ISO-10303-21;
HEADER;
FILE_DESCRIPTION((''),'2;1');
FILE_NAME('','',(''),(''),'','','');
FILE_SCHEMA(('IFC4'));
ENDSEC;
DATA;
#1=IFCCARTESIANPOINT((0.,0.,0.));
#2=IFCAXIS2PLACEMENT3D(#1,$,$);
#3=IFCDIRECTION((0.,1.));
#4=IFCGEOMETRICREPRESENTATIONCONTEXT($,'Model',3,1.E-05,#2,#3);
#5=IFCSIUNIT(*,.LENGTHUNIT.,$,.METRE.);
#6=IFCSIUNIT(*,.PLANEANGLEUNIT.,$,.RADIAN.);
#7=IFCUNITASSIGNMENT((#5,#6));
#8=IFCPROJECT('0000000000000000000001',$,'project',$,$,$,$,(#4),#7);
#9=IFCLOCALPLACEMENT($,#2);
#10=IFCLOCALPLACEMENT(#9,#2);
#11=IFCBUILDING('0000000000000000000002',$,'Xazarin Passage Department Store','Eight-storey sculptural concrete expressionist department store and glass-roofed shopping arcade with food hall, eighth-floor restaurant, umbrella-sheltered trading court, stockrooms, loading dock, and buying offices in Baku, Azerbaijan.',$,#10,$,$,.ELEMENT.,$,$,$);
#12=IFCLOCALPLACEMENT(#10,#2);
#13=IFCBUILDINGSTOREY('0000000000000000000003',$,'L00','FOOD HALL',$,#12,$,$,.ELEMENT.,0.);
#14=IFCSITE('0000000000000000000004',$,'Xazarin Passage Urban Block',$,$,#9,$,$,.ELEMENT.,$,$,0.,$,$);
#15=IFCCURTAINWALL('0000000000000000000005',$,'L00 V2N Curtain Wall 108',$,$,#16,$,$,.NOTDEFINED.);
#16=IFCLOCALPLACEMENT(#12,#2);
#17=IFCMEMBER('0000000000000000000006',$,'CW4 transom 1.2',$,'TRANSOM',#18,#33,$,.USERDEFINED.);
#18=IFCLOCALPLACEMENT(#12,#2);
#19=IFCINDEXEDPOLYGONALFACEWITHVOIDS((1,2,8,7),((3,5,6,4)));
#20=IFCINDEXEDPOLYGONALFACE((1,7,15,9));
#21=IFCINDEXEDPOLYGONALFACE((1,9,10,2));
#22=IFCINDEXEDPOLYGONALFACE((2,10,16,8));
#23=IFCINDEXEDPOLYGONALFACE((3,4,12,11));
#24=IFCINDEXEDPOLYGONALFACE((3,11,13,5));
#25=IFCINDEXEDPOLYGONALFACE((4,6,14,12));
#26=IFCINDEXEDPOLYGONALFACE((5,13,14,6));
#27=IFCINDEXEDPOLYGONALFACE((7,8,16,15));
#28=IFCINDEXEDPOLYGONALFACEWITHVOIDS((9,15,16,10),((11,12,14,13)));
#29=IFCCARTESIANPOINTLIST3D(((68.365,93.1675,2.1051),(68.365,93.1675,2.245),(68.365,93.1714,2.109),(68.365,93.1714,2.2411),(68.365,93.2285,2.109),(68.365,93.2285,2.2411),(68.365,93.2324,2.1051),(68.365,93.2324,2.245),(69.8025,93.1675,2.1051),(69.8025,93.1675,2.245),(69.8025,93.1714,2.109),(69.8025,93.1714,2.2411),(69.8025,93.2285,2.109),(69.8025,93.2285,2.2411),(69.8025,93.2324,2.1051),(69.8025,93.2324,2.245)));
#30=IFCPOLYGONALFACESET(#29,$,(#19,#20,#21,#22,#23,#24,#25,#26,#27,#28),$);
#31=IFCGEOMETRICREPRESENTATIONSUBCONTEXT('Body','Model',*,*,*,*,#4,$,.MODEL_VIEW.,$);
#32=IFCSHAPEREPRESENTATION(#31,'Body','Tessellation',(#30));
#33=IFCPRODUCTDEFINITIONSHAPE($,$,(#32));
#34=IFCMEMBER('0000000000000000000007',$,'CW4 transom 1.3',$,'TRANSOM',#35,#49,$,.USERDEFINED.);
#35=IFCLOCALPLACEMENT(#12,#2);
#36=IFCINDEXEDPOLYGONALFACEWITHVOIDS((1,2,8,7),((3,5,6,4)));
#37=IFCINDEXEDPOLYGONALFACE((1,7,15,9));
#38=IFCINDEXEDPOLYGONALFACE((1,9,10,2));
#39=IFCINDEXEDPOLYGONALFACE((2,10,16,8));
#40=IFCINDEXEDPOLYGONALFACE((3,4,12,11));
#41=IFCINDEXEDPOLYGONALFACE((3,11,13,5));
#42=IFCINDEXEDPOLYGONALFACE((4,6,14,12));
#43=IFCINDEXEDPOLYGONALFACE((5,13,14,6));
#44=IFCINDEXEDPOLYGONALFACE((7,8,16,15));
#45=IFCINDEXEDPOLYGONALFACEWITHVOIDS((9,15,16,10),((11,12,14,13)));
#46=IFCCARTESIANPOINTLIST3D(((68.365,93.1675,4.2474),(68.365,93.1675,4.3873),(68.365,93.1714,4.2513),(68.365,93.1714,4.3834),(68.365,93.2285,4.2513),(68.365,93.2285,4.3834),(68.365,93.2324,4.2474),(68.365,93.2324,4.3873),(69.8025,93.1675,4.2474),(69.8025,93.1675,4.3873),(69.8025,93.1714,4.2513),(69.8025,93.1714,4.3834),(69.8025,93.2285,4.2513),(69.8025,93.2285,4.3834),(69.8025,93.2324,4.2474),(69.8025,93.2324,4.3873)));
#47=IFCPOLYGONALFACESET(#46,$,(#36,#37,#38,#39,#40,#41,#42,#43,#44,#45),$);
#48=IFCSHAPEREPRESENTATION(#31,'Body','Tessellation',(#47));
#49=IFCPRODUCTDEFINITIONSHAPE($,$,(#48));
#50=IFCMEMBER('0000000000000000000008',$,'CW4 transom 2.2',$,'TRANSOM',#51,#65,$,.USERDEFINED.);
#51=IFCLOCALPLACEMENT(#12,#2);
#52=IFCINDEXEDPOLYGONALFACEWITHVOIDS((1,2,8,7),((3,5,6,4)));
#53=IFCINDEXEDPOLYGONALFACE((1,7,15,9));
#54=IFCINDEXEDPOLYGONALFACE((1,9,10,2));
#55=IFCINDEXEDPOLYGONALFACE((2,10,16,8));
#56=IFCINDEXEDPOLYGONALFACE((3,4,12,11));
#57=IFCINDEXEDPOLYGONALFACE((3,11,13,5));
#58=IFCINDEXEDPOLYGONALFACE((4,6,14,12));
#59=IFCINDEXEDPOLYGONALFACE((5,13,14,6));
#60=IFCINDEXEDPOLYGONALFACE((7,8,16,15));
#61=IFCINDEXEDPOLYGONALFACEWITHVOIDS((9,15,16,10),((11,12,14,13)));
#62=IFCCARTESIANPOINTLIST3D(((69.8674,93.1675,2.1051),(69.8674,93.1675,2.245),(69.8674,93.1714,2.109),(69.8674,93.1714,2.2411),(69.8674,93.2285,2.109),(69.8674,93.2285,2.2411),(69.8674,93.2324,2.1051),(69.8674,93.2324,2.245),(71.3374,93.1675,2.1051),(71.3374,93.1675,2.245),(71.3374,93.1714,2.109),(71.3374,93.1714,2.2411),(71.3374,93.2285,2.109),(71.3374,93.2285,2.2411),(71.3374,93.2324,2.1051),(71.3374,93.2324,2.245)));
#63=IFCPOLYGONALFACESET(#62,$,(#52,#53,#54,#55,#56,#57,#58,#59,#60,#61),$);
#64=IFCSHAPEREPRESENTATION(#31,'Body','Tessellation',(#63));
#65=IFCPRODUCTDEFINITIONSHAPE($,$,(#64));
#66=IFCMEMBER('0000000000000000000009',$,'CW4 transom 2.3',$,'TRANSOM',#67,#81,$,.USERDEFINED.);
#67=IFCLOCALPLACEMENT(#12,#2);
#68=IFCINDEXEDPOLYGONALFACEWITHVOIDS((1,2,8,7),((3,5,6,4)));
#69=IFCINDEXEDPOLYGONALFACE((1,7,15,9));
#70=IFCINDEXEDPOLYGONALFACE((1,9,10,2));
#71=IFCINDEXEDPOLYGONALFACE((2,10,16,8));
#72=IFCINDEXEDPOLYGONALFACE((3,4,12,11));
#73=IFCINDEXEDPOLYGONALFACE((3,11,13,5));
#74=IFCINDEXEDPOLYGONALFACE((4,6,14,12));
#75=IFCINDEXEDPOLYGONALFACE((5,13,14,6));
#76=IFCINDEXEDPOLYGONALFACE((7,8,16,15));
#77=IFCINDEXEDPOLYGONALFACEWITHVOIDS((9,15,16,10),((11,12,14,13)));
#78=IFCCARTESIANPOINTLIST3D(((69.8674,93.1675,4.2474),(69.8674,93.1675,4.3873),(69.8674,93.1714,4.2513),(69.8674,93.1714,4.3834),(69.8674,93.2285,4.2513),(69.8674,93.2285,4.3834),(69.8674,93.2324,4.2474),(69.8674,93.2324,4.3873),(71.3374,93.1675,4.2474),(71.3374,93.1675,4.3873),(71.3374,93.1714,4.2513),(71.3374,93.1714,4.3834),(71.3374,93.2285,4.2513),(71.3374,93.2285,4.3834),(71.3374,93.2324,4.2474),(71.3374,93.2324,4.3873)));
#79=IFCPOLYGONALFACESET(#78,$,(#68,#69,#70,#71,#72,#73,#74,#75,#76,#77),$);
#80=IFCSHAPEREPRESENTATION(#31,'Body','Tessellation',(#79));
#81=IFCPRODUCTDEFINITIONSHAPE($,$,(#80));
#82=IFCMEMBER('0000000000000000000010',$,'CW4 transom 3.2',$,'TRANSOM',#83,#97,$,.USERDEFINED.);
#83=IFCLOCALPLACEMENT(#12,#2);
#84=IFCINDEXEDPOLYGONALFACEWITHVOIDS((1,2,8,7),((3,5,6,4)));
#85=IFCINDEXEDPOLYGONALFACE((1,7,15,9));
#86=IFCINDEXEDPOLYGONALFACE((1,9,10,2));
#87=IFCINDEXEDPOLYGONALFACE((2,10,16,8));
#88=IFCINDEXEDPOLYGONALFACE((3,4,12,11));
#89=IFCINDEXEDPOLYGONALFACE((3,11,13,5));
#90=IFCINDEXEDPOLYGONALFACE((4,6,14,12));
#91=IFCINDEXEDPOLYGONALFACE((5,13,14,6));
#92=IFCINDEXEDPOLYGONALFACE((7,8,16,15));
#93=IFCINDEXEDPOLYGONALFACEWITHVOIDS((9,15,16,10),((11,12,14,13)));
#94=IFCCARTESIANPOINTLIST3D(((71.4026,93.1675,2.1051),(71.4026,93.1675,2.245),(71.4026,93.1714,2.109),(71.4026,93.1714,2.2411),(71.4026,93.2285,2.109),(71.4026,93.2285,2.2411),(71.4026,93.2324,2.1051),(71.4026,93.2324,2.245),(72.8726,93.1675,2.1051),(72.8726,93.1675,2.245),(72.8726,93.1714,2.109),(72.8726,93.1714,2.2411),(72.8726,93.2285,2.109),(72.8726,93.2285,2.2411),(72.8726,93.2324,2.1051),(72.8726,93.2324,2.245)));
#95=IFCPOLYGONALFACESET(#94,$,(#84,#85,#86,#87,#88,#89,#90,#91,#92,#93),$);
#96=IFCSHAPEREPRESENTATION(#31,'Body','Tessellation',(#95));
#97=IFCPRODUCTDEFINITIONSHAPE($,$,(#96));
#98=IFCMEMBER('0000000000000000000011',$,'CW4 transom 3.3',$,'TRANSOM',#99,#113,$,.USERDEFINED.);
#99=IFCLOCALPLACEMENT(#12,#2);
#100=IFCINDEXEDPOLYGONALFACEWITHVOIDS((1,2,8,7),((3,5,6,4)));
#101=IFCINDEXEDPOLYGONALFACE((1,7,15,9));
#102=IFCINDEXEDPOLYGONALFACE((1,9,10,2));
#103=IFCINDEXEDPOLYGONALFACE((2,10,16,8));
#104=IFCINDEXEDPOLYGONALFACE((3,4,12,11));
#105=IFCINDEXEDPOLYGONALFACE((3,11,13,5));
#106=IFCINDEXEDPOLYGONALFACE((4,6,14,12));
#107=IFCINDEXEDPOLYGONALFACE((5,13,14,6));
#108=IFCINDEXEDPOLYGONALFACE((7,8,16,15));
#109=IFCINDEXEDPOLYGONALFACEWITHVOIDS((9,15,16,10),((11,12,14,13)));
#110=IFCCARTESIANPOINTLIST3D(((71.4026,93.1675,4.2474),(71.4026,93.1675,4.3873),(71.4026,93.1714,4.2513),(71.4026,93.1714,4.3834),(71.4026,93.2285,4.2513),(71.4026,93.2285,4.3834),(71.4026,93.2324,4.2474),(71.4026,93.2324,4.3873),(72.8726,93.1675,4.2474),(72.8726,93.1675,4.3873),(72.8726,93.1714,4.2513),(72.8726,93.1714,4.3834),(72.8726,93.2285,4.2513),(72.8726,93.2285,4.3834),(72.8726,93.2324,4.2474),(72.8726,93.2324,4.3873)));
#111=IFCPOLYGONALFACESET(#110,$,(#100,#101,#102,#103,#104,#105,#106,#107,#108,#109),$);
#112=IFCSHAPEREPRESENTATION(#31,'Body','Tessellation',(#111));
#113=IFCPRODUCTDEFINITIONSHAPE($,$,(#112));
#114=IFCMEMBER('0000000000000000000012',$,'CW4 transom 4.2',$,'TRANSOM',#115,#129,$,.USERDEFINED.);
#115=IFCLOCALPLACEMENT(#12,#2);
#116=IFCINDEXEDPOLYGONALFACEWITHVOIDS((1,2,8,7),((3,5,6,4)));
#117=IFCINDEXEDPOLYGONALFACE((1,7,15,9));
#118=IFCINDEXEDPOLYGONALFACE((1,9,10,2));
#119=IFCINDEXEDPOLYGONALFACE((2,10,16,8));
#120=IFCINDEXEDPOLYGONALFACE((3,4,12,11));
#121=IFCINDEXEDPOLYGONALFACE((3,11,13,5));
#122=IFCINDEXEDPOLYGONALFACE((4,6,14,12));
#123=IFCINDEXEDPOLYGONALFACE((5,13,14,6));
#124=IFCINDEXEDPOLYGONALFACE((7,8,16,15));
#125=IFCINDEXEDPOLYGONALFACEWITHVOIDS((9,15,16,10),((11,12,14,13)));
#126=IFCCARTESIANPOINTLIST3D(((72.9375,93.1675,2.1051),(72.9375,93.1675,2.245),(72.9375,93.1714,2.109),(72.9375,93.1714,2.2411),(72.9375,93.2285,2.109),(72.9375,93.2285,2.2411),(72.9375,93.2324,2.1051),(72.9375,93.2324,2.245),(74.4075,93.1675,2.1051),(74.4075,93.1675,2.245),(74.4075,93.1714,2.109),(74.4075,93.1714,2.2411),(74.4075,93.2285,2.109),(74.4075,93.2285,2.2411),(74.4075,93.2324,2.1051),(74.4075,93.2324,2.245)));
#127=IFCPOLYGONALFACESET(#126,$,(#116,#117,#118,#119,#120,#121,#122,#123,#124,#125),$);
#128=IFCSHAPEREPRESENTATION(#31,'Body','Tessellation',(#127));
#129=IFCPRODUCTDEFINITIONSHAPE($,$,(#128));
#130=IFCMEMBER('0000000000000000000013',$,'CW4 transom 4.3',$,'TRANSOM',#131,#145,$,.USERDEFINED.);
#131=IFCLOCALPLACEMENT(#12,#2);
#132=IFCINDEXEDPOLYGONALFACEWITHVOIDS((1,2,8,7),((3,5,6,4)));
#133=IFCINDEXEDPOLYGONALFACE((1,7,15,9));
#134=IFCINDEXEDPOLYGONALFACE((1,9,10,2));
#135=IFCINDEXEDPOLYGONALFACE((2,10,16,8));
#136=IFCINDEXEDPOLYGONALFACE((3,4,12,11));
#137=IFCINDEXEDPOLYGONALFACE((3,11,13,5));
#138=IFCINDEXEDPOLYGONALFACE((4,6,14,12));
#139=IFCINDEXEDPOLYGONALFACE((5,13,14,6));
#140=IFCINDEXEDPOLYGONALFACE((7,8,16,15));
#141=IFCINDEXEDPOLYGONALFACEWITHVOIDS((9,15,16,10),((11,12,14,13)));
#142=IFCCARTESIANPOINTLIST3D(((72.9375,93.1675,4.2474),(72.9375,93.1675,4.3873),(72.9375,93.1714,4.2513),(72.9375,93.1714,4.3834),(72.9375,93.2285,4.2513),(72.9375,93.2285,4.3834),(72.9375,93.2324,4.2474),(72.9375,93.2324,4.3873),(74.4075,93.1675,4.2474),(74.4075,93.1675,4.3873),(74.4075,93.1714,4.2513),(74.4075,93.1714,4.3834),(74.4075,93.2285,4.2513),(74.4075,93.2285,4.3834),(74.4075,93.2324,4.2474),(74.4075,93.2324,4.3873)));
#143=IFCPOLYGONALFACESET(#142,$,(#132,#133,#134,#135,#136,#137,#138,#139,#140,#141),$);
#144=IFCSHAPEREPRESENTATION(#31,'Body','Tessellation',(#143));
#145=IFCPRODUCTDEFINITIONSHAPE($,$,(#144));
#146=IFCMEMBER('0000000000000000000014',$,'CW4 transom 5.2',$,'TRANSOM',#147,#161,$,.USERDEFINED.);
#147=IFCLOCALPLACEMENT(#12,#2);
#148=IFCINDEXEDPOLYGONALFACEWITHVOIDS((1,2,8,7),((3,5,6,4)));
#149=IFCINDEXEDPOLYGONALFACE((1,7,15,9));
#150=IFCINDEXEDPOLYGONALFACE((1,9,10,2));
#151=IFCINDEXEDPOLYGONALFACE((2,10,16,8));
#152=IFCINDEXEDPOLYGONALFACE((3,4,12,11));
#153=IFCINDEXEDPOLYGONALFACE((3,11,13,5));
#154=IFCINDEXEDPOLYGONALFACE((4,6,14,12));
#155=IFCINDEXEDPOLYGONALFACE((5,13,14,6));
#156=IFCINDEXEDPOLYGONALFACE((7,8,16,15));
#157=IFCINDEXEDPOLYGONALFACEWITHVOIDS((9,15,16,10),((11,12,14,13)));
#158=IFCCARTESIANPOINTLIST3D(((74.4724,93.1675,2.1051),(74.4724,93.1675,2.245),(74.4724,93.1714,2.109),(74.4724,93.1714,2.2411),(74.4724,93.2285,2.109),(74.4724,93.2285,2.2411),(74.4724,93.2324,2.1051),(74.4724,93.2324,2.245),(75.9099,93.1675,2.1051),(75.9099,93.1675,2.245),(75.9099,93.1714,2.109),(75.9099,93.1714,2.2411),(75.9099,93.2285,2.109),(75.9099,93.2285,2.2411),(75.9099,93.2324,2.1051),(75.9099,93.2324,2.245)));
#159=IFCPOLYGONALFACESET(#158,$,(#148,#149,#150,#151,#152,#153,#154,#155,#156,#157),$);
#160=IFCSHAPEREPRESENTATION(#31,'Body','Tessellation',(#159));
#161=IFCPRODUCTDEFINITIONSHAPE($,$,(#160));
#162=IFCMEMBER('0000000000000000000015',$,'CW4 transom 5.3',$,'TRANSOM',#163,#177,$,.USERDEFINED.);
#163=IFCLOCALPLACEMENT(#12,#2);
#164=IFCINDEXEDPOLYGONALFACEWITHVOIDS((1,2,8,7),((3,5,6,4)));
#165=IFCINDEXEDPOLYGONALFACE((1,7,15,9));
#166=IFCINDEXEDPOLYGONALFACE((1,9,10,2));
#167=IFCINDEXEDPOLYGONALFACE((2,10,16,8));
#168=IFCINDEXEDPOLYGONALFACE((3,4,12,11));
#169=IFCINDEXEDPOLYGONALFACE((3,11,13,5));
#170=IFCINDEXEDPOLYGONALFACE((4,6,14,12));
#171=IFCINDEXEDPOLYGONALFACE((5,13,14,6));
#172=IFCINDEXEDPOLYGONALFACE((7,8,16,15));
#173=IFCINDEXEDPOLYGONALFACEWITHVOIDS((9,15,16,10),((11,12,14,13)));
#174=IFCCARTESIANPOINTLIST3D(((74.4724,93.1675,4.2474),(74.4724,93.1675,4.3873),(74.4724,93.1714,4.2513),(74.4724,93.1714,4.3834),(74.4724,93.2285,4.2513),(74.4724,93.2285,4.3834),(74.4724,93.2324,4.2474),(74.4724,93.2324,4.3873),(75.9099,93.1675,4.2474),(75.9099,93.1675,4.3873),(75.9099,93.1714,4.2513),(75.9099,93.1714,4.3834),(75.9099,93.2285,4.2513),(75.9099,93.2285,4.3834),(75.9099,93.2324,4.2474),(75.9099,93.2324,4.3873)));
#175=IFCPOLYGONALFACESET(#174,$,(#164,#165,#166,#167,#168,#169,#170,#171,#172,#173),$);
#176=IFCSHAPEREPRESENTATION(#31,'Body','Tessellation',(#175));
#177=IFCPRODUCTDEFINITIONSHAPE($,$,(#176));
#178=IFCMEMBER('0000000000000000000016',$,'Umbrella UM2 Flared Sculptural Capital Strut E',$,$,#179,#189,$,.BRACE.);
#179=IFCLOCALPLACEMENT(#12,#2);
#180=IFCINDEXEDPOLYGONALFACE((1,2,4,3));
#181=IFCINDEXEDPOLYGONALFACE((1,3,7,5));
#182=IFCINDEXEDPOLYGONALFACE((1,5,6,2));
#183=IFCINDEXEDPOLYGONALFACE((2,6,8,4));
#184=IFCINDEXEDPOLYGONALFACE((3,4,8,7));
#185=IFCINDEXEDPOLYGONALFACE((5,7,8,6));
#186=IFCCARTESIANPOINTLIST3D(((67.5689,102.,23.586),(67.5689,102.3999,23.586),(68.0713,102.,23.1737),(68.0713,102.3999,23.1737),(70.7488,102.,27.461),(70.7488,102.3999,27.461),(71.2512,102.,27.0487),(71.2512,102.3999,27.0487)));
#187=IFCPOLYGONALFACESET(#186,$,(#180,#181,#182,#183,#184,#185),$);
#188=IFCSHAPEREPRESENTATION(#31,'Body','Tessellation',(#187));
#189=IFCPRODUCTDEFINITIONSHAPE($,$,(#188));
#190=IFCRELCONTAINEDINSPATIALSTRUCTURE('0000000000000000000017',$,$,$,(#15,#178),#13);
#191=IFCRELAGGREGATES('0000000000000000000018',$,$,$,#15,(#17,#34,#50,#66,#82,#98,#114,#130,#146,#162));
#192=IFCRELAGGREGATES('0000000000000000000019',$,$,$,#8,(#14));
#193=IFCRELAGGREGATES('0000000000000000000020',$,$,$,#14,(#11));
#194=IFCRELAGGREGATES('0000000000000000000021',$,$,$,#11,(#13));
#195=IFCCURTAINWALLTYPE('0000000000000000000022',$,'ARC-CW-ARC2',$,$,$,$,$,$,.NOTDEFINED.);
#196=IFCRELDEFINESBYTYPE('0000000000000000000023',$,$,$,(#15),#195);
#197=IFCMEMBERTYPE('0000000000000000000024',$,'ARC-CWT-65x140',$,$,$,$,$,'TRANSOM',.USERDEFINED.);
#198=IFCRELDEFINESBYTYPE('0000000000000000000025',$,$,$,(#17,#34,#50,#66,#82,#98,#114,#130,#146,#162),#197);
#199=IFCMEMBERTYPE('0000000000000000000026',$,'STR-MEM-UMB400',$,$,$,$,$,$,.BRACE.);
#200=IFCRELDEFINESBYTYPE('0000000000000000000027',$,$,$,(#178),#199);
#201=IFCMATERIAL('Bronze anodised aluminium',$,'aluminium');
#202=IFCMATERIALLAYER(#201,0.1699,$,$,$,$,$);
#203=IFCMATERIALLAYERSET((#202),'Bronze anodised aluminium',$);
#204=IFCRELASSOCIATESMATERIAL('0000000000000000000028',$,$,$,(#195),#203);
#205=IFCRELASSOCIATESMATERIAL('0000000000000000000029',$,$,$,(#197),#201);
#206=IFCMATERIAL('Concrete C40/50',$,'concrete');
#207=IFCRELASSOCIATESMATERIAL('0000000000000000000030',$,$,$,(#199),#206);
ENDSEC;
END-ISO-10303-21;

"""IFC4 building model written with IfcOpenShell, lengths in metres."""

from ifc_helpers import new_model, si_unit, direction, frame, origin, origin_2d, place, context, subcontext, project, spatial, rectangle, hollow_rectangle, extrude, material, layer, layer_set, material_profile, profile_set, type_object, element, aggregate, save


model = new_model("IFC4")

# Units and contexts
model_context = context("Model", 3, precision=1e-05, world=origin(), true_north=direction((0.0, 1.0)))
body_context = subcontext(model_context, "Body", "Model", "MODEL_VIEW")
ifc_project = project(units=[si_unit("LENGTHUNIT", "METRE"), si_unit("PLANEANGLEUNIT", "RADIAN")], contexts=[model_context])

# Site, building, storey
site_placement = place(None, origin())
site = spatial("IfcSite", under=ifc_project, at=site_placement, Name="Xazarin Passage Urban Block", CompositionType="ELEMENT", RefElevation=0.0)
building_placement = place(site_placement, origin())
building = spatial("IfcBuilding", under=site, at=building_placement, Name="Xazarin Passage Department Store", Description="Eight-storey sculptural concrete expressionist department store and glass-roofed shopping arcade with food hall, eighth-floor restaurant, umbrella-sheltered trading court, stockrooms, loading dock, and buying offices in Baku, Azerbaijan.", CompositionType="ELEMENT")
storey_placement = place(building_placement, origin())
storey = spatial("IfcBuildingStorey", under=building, at=storey_placement, Name="L00", Description="FOOD HALL", CompositionType="ELEMENT", Elevation=0.0)

# Curtain wall, members
ifc_material_1 = material(Name="Bronze anodised aluminium", Category="aluminium")
ifc_layer_1 = layer(ifc_material_1, 0.1699)
ifc_layer_set_1 = layer_set([ifc_layer_1], Name="Bronze anodised aluminium")
curtain_wall_type = type_object("IfcCurtainWallType", Name="ARC-CW-ARC2", PredefinedType="NOTDEFINED", material=ifc_layer_set_1)
curtain_wall_placement = place(storey_placement, origin())
curtain_wall = element("IfcCurtainWall", 1, at=curtain_wall_placement, inside=storey, type_object=curtain_wall_type, Name="L00 V2N Curtain Wall 108", PredefinedType="NOTDEFINED")
ifc_material_profile_1 = material_profile(ifc_material_1, hollow_rectangle(XDim=0.0649, YDim=0.1399, WallThickness=0.0039, at=origin_2d()), Name="ALU 65x140")
ifc_profile_set_1 = profile_set([ifc_material_profile_1], Name="Bronze anodised aluminium")
member_type_1 = type_object("IfcMemberType", Name="ARC-CWT-65x140", ElementType="TRANSOM", PredefinedType="USERDEFINED", material=ifc_profile_set_1)
member_1_placement = place(storey_placement, frame((68.365, 93.2, 2.175), z_axis=(1.0, 0.0, 0.0), x_axis=(0.0, 1.0, 0.0)))
member_1 = element("IfcMember", 2, at=member_1_placement, type_object=member_type_1, Name="CW4 transom 1.2", ObjectType="TRANSOM", PredefinedType="USERDEFINED", context=body_context, shape_type="SweptSolid", body=[
    extrude(hollow_rectangle(XDim=0.0649, YDim=0.1399, WallThickness=0.0039, at=origin_2d()), origin(), (0.0, 0.0, 1.0), 1.4375),
])
member_2_placement = place(storey_placement, frame((68.365, 93.2, 4.3174), z_axis=(1.0, 0.0, 0.0), x_axis=(0.0, 1.0, 0.0)))
member_2 = element("IfcMember", 3, at=member_2_placement, type_object=member_type_1, Name="CW4 transom 1.3", ObjectType="TRANSOM", PredefinedType="USERDEFINED", context=body_context, shape_type="SweptSolid", body=[
    extrude(hollow_rectangle(XDim=0.0649, YDim=0.1399, WallThickness=0.0039, at=origin_2d()), origin(), (0.0, 0.0, 1.0), 1.4375),
])
member_3_placement = place(storey_placement, frame((69.8674, 93.2, 2.175), z_axis=(1.0, 0.0, 0.0), x_axis=(0.0, 1.0, 0.0)))
member_3 = element("IfcMember", 4, at=member_3_placement, type_object=member_type_1, Name="CW4 transom 2.2", ObjectType="TRANSOM", PredefinedType="USERDEFINED", context=body_context, shape_type="SweptSolid", body=[
    extrude(hollow_rectangle(XDim=0.0649, YDim=0.1399, WallThickness=0.0039, at=origin_2d()), origin(), (0.0, 0.0, 1.0), 1.47),
])
member_4_placement = place(storey_placement, frame((69.8674, 93.2, 4.3174), z_axis=(1.0, 0.0, 0.0), x_axis=(0.0, 1.0, 0.0)))
member_4 = element("IfcMember", 5, at=member_4_placement, type_object=member_type_1, Name="CW4 transom 2.3", ObjectType="TRANSOM", PredefinedType="USERDEFINED", context=body_context, shape_type="SweptSolid", body=[
    extrude(hollow_rectangle(XDim=0.0649, YDim=0.1399, WallThickness=0.0039, at=origin_2d()), origin(), (0.0, 0.0, 1.0), 1.47),
])
member_5_placement = place(storey_placement, frame((71.4026, 93.2, 2.175), z_axis=(1.0, 0.0, 0.0), x_axis=(0.0, 1.0, 0.0)))
member_5 = element("IfcMember", 6, at=member_5_placement, type_object=member_type_1, Name="CW4 transom 3.2", ObjectType="TRANSOM", PredefinedType="USERDEFINED", context=body_context, shape_type="SweptSolid", body=[
    extrude(hollow_rectangle(XDim=0.0649, YDim=0.1399, WallThickness=0.0039, at=origin_2d()), origin(), (0.0, 0.0, 1.0), 1.47),
])
member_6_placement = place(storey_placement, frame((71.4026, 93.2, 4.3174), z_axis=(1.0, 0.0, 0.0), x_axis=(0.0, 1.0, 0.0)))
member_6 = element("IfcMember", 7, at=member_6_placement, type_object=member_type_1, Name="CW4 transom 3.3", ObjectType="TRANSOM", PredefinedType="USERDEFINED", context=body_context, shape_type="SweptSolid", body=[
    extrude(hollow_rectangle(XDim=0.0649, YDim=0.1399, WallThickness=0.0039, at=origin_2d()), origin(), (0.0, 0.0, 1.0), 1.47),
])
member_7_placement = place(storey_placement, frame((72.9375, 93.2, 2.175), z_axis=(1.0, 0.0, 0.0), x_axis=(0.0, 1.0, 0.0)))
member_7 = element("IfcMember", 8, at=member_7_placement, type_object=member_type_1, Name="CW4 transom 4.2", ObjectType="TRANSOM", PredefinedType="USERDEFINED", context=body_context, shape_type="SweptSolid", body=[
    extrude(hollow_rectangle(XDim=0.0649, YDim=0.1399, WallThickness=0.0039, at=origin_2d()), origin(), (0.0, 0.0, 1.0), 1.47),
])
member_8_placement = place(storey_placement, frame((72.9375, 93.2, 4.3174), z_axis=(1.0, 0.0, 0.0), x_axis=(0.0, 1.0, 0.0)))
member_8 = element("IfcMember", 9, at=member_8_placement, type_object=member_type_1, Name="CW4 transom 4.3", ObjectType="TRANSOM", PredefinedType="USERDEFINED", context=body_context, shape_type="SweptSolid", body=[
    extrude(hollow_rectangle(XDim=0.0649, YDim=0.1399, WallThickness=0.0039, at=origin_2d()), origin(), (0.0, 0.0, 1.0), 1.47),
])
member_9_placement = place(storey_placement, frame((74.4724, 93.2, 2.175), z_axis=(1.0, 0.0, 0.0), x_axis=(0.0, 1.0, 0.0)))
member_9 = element("IfcMember", 10, at=member_9_placement, type_object=member_type_1, Name="CW4 transom 5.2", ObjectType="TRANSOM", PredefinedType="USERDEFINED", context=body_context, shape_type="SweptSolid", body=[
    extrude(hollow_rectangle(XDim=0.0649, YDim=0.1399, WallThickness=0.0039, at=origin_2d()), origin(), (0.0, 0.0, 1.0), 1.4375),
])
member_10_placement = place(storey_placement, frame((74.4724, 93.2, 4.3174), z_axis=(1.0, 0.0, 0.0), x_axis=(0.0, 1.0, 0.0)))
member_10 = element("IfcMember", 11, at=member_10_placement, type_object=member_type_1, Name="CW4 transom 5.3", ObjectType="TRANSOM", PredefinedType="USERDEFINED", context=body_context, shape_type="SweptSolid", body=[
    extrude(hollow_rectangle(XDim=0.0649, YDim=0.1399, WallThickness=0.0039, at=origin_2d()), origin(), (0.0, 0.0, 1.0), 1.4375),
])

# Member
ifc_material_2 = material(Name="Concrete C40/50", Category="concrete")
ifc_material_profile_2 = material_profile(ifc_material_2, rectangle(XDim=0.3999, YDim=0.6499, at=origin_2d()), Name="RC 400x650")
ifc_profile_set_2 = profile_set([ifc_material_profile_2], Name="Concrete C40/50")
member_type_2 = type_object("IfcMemberType", Name="STR-MEM-UMB400", PredefinedType="BRACE", material=ifc_profile_set_2)
for number, where, z_axis, x_axis, name in (
    (12, (67.8201, 102.2, 23.3799), (0.63437, 0.0, 0.77303), (0.0, 1.0, 0.0), "Umbrella UM2 Flared Sculptural Capital Strut E"),
):
    element("IfcMember", number, at=place(storey_placement, frame(where, z_axis=z_axis, x_axis=x_axis)), inside=storey, type_object=member_type_2, Name=name, PredefinedType="BRACE", context=body_context, shape_type="SweptSolid", body=[
        extrude(rectangle(XDim=0.3999, YDim=0.6499, at=origin_2d()), origin(), (0.0, 0.0, 1.0), 5.0127),
    ])

aggregate(curtain_wall, [member_1, member_2, member_3, member_4, member_5, member_6, member_7, member_8, member_9, member_10])

save(model, "model.ifc")
